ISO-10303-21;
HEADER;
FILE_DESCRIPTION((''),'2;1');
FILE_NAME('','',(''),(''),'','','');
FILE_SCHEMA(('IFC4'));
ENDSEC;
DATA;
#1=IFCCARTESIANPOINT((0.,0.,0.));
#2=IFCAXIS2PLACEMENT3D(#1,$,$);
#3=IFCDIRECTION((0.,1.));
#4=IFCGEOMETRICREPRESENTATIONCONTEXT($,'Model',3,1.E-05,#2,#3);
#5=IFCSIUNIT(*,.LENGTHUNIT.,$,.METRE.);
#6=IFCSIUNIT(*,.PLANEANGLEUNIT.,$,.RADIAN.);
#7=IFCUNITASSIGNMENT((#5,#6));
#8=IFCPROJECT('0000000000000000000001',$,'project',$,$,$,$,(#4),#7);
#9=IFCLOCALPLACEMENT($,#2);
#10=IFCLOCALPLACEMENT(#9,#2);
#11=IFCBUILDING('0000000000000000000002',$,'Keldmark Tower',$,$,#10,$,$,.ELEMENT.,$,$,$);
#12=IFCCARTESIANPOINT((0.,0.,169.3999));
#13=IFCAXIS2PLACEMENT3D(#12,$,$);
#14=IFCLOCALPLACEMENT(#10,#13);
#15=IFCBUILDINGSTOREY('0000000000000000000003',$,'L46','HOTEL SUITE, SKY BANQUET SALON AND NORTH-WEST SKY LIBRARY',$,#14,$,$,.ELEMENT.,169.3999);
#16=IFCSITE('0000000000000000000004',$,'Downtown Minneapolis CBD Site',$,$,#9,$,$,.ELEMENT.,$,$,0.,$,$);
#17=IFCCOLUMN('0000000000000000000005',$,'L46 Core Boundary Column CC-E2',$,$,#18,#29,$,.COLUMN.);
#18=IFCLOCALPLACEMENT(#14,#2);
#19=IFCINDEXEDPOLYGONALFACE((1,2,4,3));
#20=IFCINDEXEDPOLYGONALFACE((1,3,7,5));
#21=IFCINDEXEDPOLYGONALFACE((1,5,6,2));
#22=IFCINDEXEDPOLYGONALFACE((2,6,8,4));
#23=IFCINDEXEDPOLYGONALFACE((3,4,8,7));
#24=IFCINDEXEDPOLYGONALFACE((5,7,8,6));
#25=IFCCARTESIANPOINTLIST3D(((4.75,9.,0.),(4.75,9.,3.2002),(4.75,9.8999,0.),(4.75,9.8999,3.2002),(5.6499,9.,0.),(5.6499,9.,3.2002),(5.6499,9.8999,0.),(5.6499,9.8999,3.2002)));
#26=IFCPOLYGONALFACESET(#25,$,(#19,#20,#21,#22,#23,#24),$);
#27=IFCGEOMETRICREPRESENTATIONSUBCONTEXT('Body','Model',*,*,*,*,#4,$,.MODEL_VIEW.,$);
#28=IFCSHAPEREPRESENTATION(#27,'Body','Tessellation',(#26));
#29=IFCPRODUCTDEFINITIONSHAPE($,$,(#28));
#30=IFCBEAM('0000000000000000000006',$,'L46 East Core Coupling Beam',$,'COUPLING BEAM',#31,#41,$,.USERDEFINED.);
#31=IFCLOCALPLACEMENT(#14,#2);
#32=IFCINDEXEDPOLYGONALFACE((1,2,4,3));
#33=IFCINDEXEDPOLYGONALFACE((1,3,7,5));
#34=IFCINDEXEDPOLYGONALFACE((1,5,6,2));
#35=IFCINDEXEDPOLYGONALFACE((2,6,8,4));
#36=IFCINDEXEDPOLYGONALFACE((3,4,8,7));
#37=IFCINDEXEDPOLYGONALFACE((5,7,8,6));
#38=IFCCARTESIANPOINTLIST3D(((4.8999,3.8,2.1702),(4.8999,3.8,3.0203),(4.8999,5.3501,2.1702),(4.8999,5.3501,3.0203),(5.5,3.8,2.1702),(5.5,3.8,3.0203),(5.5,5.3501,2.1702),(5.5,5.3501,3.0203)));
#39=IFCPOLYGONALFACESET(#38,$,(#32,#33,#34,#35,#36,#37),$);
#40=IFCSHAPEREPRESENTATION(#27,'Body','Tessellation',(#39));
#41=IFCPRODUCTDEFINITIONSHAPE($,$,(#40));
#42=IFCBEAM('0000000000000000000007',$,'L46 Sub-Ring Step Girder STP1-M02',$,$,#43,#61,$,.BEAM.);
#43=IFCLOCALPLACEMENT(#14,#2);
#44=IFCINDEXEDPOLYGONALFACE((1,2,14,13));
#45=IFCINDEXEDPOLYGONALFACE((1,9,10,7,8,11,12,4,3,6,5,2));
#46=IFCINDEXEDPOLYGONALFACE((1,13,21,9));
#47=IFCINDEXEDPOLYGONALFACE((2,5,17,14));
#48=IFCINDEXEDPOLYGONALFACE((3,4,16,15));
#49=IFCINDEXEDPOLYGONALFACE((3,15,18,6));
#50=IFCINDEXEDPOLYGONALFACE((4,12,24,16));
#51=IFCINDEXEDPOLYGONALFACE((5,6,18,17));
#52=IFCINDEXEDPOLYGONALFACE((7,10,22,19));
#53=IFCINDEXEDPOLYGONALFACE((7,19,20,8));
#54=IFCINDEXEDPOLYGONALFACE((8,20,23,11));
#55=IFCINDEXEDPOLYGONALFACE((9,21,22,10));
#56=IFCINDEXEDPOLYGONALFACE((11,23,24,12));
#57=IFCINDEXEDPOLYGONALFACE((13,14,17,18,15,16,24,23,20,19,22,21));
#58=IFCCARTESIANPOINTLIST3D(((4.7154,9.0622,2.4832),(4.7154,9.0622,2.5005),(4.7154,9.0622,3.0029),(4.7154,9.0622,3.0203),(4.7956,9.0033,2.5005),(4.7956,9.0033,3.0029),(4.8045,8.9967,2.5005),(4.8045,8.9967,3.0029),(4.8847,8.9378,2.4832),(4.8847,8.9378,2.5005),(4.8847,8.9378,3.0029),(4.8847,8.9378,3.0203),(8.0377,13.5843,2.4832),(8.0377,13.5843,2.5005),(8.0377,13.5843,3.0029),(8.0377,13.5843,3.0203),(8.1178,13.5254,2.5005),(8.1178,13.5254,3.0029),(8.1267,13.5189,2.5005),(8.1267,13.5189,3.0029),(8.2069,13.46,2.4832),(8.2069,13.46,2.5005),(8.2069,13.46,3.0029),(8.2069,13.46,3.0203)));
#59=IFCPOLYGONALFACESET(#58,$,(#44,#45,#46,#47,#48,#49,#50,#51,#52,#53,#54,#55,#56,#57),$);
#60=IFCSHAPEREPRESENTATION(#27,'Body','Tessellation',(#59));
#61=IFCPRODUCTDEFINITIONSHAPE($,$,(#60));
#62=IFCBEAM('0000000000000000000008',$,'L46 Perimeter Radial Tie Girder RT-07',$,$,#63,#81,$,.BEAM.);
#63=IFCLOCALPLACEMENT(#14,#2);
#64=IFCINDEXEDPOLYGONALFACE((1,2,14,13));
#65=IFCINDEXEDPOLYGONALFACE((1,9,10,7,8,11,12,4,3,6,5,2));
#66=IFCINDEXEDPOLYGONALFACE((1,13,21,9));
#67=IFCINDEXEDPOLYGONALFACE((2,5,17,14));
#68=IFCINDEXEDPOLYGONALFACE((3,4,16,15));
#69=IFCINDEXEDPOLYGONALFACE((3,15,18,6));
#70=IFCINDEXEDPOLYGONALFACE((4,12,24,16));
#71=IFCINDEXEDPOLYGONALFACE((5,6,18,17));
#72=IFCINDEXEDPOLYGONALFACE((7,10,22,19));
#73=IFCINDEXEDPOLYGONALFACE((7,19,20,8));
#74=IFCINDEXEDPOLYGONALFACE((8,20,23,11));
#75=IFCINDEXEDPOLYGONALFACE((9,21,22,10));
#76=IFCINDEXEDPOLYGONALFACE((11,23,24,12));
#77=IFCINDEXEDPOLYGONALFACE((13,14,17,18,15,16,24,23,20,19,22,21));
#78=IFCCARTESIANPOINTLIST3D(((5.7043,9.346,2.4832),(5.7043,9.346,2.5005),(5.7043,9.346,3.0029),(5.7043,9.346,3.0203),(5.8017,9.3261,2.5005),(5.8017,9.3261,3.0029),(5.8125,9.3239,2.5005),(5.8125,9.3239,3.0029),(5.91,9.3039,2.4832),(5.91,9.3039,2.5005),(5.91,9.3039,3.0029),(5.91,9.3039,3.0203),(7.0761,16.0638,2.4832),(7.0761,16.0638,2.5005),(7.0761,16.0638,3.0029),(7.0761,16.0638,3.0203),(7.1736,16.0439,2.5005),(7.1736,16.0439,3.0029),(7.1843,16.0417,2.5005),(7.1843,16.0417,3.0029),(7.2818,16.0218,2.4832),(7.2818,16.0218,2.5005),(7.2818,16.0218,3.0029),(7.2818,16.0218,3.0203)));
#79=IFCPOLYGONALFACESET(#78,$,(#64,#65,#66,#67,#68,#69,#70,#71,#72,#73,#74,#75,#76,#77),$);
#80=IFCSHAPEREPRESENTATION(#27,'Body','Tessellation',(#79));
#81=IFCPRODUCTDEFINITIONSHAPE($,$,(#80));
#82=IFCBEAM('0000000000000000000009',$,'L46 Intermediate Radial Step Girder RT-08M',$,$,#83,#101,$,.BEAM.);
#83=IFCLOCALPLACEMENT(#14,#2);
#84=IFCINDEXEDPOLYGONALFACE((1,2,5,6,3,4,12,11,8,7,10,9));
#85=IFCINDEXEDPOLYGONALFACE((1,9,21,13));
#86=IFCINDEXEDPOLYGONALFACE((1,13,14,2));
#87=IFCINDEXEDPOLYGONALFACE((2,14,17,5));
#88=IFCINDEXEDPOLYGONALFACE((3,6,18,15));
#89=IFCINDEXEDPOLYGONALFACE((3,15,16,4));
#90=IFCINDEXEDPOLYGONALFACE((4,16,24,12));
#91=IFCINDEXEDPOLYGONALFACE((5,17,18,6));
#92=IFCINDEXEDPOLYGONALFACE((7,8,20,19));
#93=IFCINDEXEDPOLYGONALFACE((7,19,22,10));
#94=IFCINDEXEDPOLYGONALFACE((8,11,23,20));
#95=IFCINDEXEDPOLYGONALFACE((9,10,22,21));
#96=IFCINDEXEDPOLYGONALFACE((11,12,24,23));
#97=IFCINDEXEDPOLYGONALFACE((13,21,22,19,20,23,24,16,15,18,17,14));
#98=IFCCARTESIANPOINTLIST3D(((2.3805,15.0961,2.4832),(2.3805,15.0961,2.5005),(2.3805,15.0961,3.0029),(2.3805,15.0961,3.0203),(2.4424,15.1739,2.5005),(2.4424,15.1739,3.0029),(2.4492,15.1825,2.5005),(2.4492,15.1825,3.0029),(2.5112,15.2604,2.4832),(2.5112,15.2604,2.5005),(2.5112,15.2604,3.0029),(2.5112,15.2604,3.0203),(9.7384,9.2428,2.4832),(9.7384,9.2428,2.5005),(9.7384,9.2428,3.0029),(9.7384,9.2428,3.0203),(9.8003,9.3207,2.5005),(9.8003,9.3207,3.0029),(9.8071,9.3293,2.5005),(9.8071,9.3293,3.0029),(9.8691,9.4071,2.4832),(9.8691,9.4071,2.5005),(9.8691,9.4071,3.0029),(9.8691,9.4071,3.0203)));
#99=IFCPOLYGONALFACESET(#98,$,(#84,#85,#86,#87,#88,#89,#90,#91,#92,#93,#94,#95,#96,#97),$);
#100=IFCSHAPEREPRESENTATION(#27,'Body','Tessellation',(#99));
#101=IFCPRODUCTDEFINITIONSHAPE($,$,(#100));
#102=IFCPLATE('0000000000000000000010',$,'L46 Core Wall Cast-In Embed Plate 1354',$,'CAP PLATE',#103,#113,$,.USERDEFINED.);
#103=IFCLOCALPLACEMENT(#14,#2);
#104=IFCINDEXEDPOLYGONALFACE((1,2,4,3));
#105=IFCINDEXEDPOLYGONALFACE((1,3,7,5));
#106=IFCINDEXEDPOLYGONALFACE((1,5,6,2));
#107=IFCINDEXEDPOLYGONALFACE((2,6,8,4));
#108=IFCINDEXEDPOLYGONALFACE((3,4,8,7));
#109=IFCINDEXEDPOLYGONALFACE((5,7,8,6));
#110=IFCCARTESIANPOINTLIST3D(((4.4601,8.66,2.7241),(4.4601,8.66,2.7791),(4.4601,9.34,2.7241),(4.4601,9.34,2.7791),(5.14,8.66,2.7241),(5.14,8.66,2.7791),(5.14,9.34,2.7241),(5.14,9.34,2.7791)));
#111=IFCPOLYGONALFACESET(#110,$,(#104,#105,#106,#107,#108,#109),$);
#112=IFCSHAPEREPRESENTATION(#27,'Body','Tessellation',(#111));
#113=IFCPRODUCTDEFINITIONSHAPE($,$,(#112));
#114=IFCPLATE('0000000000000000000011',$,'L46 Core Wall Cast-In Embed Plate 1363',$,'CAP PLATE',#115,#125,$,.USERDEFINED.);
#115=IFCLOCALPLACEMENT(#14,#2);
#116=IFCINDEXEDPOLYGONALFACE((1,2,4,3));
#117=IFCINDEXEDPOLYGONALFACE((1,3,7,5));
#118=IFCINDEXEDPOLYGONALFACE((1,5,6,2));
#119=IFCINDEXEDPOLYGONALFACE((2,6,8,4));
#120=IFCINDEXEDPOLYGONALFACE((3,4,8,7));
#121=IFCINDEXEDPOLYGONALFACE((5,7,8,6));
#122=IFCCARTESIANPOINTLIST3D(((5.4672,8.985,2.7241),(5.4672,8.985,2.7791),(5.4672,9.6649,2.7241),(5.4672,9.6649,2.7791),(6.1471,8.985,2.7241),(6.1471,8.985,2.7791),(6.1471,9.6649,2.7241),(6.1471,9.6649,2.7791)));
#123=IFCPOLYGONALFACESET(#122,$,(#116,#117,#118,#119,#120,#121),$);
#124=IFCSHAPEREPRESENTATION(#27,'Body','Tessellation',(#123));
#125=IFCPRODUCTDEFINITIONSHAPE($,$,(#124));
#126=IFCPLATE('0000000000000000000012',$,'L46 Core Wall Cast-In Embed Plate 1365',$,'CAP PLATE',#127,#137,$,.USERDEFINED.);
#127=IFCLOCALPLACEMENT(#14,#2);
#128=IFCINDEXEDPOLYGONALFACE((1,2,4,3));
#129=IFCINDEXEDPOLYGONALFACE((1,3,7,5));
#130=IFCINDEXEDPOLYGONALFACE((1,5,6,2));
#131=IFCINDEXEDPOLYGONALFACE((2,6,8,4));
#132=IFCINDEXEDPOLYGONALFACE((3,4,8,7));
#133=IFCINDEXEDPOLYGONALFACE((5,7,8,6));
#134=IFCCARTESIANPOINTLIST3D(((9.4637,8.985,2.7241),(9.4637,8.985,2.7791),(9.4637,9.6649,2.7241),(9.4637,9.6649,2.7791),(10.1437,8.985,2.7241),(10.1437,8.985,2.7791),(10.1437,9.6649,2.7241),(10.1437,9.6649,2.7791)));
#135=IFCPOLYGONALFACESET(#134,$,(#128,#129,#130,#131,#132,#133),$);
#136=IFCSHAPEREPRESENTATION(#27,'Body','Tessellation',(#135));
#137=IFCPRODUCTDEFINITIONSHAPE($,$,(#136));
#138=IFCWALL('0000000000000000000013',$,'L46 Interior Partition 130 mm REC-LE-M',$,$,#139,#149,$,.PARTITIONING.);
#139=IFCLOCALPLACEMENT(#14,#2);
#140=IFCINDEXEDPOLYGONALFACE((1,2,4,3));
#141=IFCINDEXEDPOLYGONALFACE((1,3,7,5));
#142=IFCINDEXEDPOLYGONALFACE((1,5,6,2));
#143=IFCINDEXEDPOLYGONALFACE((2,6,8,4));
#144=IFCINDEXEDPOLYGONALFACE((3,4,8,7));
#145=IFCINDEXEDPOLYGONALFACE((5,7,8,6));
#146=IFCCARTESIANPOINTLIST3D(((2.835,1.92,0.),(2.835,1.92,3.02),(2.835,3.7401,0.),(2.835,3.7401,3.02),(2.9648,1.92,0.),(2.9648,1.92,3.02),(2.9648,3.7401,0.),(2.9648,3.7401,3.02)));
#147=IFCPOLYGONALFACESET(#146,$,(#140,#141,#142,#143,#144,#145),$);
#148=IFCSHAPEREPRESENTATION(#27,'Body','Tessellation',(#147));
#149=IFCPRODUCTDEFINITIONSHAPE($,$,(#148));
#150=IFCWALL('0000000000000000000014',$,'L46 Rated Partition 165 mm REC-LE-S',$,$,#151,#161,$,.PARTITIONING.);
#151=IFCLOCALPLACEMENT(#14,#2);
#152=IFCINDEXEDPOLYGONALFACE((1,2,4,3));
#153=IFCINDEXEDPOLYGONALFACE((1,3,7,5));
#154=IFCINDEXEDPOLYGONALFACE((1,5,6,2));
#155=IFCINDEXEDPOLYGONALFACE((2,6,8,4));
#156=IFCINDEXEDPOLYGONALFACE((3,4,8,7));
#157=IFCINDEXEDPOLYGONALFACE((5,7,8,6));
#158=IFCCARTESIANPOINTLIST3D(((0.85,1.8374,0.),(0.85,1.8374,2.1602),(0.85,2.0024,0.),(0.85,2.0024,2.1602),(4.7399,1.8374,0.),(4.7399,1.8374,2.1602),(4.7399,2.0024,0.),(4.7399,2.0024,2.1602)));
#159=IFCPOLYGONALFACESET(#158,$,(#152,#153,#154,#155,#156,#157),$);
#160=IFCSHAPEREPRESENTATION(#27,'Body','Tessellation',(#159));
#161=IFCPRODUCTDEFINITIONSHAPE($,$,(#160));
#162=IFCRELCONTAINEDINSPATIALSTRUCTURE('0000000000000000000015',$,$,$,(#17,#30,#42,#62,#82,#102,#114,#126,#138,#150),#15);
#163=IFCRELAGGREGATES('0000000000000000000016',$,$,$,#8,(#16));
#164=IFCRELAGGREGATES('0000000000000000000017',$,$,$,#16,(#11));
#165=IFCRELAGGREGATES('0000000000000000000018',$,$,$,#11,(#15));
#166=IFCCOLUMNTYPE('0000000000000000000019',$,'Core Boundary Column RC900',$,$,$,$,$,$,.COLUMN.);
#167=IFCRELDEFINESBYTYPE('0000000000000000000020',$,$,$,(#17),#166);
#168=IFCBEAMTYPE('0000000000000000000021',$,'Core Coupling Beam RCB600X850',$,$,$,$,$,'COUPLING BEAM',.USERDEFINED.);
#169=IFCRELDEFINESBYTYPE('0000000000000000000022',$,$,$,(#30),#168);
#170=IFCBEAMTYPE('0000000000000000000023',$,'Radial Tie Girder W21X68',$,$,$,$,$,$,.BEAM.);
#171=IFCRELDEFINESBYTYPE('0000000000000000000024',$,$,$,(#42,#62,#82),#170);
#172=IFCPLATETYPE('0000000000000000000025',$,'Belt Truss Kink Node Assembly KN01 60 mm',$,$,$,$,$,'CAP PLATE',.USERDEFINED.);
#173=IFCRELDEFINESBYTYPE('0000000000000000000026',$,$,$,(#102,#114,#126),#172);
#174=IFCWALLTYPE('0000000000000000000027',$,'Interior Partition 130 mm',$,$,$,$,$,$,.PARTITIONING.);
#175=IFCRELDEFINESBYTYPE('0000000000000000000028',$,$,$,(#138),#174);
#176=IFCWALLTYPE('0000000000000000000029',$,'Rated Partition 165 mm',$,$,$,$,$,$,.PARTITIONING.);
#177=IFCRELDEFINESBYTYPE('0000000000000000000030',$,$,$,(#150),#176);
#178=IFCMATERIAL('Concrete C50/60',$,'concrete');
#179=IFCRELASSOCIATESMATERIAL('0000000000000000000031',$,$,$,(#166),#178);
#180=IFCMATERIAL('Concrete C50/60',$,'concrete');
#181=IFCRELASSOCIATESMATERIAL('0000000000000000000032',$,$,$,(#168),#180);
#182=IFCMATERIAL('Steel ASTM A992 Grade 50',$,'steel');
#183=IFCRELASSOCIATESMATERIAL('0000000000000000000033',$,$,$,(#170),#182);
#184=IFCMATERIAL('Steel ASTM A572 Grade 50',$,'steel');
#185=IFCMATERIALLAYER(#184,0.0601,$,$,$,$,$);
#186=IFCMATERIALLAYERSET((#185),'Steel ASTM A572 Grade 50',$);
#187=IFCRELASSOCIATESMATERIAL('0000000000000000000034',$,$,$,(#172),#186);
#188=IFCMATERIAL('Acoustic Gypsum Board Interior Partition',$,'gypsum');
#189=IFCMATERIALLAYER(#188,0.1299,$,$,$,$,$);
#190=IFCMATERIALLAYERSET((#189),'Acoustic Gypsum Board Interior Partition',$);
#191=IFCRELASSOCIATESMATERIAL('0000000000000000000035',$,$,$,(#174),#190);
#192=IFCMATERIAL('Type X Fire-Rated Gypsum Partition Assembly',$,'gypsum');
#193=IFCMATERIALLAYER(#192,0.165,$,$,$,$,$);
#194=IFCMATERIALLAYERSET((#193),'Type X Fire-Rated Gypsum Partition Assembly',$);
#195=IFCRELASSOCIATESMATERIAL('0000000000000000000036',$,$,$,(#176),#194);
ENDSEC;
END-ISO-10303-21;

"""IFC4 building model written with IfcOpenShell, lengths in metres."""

from ifc_helpers import new_model, si_unit, direction, frame, frame_2d, origin, origin_2d, place, context, subcontext, project, spatial, rectangle, i_section, extrude, material, layer, layer_set, material_profile, profile_set, type_object, element, save


model = new_model("IFC4")

# Units and contexts
model_context = context("Model", 3, precision=1e-05, world=origin(), true_north=direction((0.0, 1.0)))
body_context = subcontext(model_context, "Body", "Model", "MODEL_VIEW")
ifc_project = project(units=[si_unit("LENGTHUNIT", "METRE"), si_unit("PLANEANGLEUNIT", "RADIAN")], contexts=[model_context])

# Site, building, storey
site_placement = place(None, origin())
site = spatial("IfcSite", under=ifc_project, at=site_placement, Name="Downtown Minneapolis CBD Site", CompositionType="ELEMENT", RefElevation=0.0)
building_placement = place(site_placement, origin())
building = spatial("IfcBuilding", under=site, at=building_placement, Name="Keldmark Tower", CompositionType="ELEMENT")
storey_placement = place(building_placement, frame((0.0, 0.0, 169.3999)))
storey = spatial("IfcBuildingStorey", under=building, at=storey_placement, Name="L46", Description="HOTEL SUITE, SKY BANQUET SALON AND NORTH-WEST SKY LIBRARY", CompositionType="ELEMENT", Elevation=169.3999)

# Column
ifc_material_1 = material(Name="Concrete C50/60", Category="concrete")
ifc_material_profile_1 = material_profile(ifc_material_1, rectangle(XDim=0.8999, YDim=0.8999, at=origin_2d()), Name="RC900X900")
ifc_profile_set_1 = profile_set([ifc_material_profile_1], Name="Concrete C50/60")
column_type = type_object("IfcColumnType", Name="Core Boundary Column RC900", PredefinedType="COLUMN", material=ifc_profile_set_1)
column_placement = place(storey_placement, frame((5.2, 9.45, 0.0), z_axis=(0.0, 0.0, 1.0), x_axis=(1.0, 0.0, 0.0)))
element("IfcColumn", 1, at=column_placement, inside=storey, type_object=column_type, Name="L46 Core Boundary Column CC-E2", PredefinedType="COLUMN", context=body_context, shape_type="SweptSolid", body=[
    extrude(rectangle(XDim=0.8999, YDim=0.8999, at=origin_2d()), origin(), (0.0, 0.0, 1.0), 3.2002),
])

# Beams
ifc_material_2 = material(Name="Concrete C50/60", Category="concrete")
ifc_material_profile_2 = material_profile(ifc_material_2, rectangle(XDim=0.6001, YDim=0.8501, at=origin_2d()), Name="RCB600X850")
ifc_profile_set_2 = profile_set([ifc_material_profile_2], Name="Concrete C50/60")
beam_type_1 = type_object("IfcBeamType", Name="Core Coupling Beam RCB600X850", ElementType="COUPLING BEAM", PredefinedType="USERDEFINED", material=ifc_profile_set_2)
beam_1_placement = place(storey_placement, frame((5.2, 3.8, 2.5952), z_axis=(0.0, 1.0, 0.0), x_axis=(-1.0, 0.0, 0.0)))
element("IfcBeam", 2, at=beam_1_placement, inside=storey, type_object=beam_type_1, Name="L46 East Core Coupling Beam", ObjectType="COUPLING BEAM", PredefinedType="USERDEFINED", context=body_context, shape_type="SweptSolid", body=[
    extrude(rectangle(XDim=0.6001, YDim=0.8501, at=origin_2d()), origin(), (0.0, 0.0, 1.0), 1.55),
])
ifc_material_3 = material(Name="Steel ASTM A992 Grade 50", Category="steel")
ifc_material_profile_3 = material_profile(ifc_material_3, i_section(OverallWidth=0.21, OverallDepth=0.5371, WebThickness=0.011, FlangeThickness=0.0173, at=origin_2d()), Name="W21X68")
ifc_profile_set_3 = profile_set([ifc_material_profile_3], Name="Steel ASTM A992 Grade 50")
beam_type_2 = type_object("IfcBeamType", Name="Radial Tie Girder W21X68", PredefinedType="BEAM", material=ifc_profile_set_3)
beam_2_placement = place(storey_placement, frame((4.8, 9.0, 2.7517), z_axis=(0.592056, 0.805897, 0.0), x_axis=(-0.805897, 0.592056, 0.0)))
element("IfcBeam", 3, at=beam_2_placement, inside=storey, type_object=beam_type_2, Name="L46 Sub-Ring Step Girder STP1-M02", PredefinedType="BEAM", context=body_context, shape_type="SweptSolid", body=[
    extrude(i_section(OverallWidth=0.21, OverallDepth=0.5371, WebThickness=0.011, FlangeThickness=0.0173, at=origin_2d()), origin(), (0.0, 0.0, 1.0), 5.6113),
])
beam_3_placement = place(storey_placement, frame((5.8071, 9.325, 2.7517), z_axis=(0.200079, 0.97978, 0.0), x_axis=(-0.97978, 0.200079, 0.0)))
element("IfcBeam", 4, at=beam_3_placement, inside=storey, type_object=beam_type_2, Name="L46 Perimeter Radial Tie Girder RT-07", PredefinedType="BEAM", context=body_context, shape_type="SweptSolid", body=[
    extrude(i_section(OverallWidth=0.21, OverallDepth=0.5371, WebThickness=0.011, FlangeThickness=0.0173, at=origin_2d()), origin(), (0.0, 0.0, 1.0), 6.8564),
])
beam_4_placement = place(storey_placement, frame((9.8037, 9.325, 2.7517), z_axis=(-0.782581, 0.622549, 0.0), x_axis=(-0.622549, -0.782581, 0.0)))
element("IfcBeam", 5, at=beam_4_placement, inside=storey, type_object=beam_type_2, Name="L46 Intermediate Radial Step Girder RT-08M", PredefinedType="BEAM", context=body_context, shape_type="SweptSolid", body=[
    extrude(i_section(OverallWidth=0.21, OverallDepth=0.5371, WebThickness=0.011, FlangeThickness=0.0173, at=origin_2d()), origin(), (0.0, 0.0, 1.0), 9.4021),
])

# Plates
ifc_material_4 = material(Name="Steel ASTM A572 Grade 50", Category="steel")
ifc_layer_1 = layer(ifc_material_4, 0.0601)
ifc_layer_set_1 = layer_set([ifc_layer_1], Name="Steel ASTM A572 Grade 50")
plate_type = type_object("IfcPlateType", Name="Belt Truss Kink Node Assembly KN01 60 mm", ElementType="CAP PLATE", PredefinedType="USERDEFINED", material=ifc_layer_set_1)
for number, where, z_axis, x_axis, name in (
    (6, (4.8, 9.0, 2.7241), (0.0, 0.0, 1.0), (1.0, 0.0, 0.0), "L46 Core Wall Cast-In Embed Plate 1354"),
    (7, (5.8071, 9.325, 2.7241), (0.0, 0.0, 1.0), (1.0, 0.0, 0.0), "L46 Core Wall Cast-In Embed Plate 1363"),
    (8, (9.8037, 9.325, 2.7241), (0.0, 0.0, 1.0), (1.0, 0.0, 0.0), "L46 Core Wall Cast-In Embed Plate 1365"),
):
    element("IfcPlate", number, at=place(storey_placement, frame(where, z_axis=z_axis, x_axis=x_axis)), inside=storey, type_object=plate_type, Name=name, ObjectType="CAP PLATE", PredefinedType="USERDEFINED", context=body_context, shape_type="SweptSolid", body=[
        extrude(rectangle(XDim=0.6799, YDim=0.6799, at=origin_2d()), origin(), (0.0, 0.0, 1.0), 0.0549),
    ])

# Walls
ifc_material_5 = material(Name="Acoustic Gypsum Board Interior Partition", Category="gypsum")
ifc_layer_2 = layer(ifc_material_5, 0.1299)
ifc_layer_set_2 = layer_set([ifc_layer_2], Name="Acoustic Gypsum Board Interior Partition")
wall_type_1 = type_object("IfcWallType", Name="Interior Partition 130 mm", PredefinedType="PARTITIONING", material=ifc_layer_set_2)
wall_1_placement = place(storey_placement, frame((2.8999, 1.9199, 0.0), z_axis=(0.0, 0.0, 1.0), x_axis=(0.0, 1.0, 0.0)))
element("IfcWall", 9, at=wall_1_placement, inside=storey, type_object=wall_type_1, Name="L46 Interior Partition 130 mm REC-LE-M", PredefinedType="PARTITIONING", context=body_context, shape_type="SweptSolid", body=[
    extrude(rectangle(XDim=1.8201, YDim=0.1299, at=frame_2d((0.9102, 0.0))), origin(), (0.0, 0.0, 1.0), 3.02),
])
ifc_material_6 = material(Name="Type X Fire-Rated Gypsum Partition Assembly", Category="gypsum")
ifc_layer_3 = layer(ifc_material_6, 0.165)
ifc_layer_set_3 = layer_set([ifc_layer_3], Name="Type X Fire-Rated Gypsum Partition Assembly")
wall_type_2 = type_object("IfcWallType", Name="Rated Partition 165 mm", PredefinedType="PARTITIONING", material=ifc_layer_set_3)
wall_2_placement = place(storey_placement, frame((0.8501, 1.9199, 0.0), z_axis=(0.0, 0.0, 1.0), x_axis=(1.0, 0.0, 0.0)))
element("IfcWall", 10, at=wall_2_placement, inside=storey, type_object=wall_type_2, Name="L46 Rated Partition 165 mm REC-LE-S", PredefinedType="PARTITIONING", context=body_context, shape_type="SweptSolid", body=[
    extrude(rectangle(XDim=3.8899, YDim=0.165, at=frame_2d((1.9448, 0.0))), origin(), (0.0, 0.0, 1.0), 2.1602),
])

save(model, "model.ifc")
